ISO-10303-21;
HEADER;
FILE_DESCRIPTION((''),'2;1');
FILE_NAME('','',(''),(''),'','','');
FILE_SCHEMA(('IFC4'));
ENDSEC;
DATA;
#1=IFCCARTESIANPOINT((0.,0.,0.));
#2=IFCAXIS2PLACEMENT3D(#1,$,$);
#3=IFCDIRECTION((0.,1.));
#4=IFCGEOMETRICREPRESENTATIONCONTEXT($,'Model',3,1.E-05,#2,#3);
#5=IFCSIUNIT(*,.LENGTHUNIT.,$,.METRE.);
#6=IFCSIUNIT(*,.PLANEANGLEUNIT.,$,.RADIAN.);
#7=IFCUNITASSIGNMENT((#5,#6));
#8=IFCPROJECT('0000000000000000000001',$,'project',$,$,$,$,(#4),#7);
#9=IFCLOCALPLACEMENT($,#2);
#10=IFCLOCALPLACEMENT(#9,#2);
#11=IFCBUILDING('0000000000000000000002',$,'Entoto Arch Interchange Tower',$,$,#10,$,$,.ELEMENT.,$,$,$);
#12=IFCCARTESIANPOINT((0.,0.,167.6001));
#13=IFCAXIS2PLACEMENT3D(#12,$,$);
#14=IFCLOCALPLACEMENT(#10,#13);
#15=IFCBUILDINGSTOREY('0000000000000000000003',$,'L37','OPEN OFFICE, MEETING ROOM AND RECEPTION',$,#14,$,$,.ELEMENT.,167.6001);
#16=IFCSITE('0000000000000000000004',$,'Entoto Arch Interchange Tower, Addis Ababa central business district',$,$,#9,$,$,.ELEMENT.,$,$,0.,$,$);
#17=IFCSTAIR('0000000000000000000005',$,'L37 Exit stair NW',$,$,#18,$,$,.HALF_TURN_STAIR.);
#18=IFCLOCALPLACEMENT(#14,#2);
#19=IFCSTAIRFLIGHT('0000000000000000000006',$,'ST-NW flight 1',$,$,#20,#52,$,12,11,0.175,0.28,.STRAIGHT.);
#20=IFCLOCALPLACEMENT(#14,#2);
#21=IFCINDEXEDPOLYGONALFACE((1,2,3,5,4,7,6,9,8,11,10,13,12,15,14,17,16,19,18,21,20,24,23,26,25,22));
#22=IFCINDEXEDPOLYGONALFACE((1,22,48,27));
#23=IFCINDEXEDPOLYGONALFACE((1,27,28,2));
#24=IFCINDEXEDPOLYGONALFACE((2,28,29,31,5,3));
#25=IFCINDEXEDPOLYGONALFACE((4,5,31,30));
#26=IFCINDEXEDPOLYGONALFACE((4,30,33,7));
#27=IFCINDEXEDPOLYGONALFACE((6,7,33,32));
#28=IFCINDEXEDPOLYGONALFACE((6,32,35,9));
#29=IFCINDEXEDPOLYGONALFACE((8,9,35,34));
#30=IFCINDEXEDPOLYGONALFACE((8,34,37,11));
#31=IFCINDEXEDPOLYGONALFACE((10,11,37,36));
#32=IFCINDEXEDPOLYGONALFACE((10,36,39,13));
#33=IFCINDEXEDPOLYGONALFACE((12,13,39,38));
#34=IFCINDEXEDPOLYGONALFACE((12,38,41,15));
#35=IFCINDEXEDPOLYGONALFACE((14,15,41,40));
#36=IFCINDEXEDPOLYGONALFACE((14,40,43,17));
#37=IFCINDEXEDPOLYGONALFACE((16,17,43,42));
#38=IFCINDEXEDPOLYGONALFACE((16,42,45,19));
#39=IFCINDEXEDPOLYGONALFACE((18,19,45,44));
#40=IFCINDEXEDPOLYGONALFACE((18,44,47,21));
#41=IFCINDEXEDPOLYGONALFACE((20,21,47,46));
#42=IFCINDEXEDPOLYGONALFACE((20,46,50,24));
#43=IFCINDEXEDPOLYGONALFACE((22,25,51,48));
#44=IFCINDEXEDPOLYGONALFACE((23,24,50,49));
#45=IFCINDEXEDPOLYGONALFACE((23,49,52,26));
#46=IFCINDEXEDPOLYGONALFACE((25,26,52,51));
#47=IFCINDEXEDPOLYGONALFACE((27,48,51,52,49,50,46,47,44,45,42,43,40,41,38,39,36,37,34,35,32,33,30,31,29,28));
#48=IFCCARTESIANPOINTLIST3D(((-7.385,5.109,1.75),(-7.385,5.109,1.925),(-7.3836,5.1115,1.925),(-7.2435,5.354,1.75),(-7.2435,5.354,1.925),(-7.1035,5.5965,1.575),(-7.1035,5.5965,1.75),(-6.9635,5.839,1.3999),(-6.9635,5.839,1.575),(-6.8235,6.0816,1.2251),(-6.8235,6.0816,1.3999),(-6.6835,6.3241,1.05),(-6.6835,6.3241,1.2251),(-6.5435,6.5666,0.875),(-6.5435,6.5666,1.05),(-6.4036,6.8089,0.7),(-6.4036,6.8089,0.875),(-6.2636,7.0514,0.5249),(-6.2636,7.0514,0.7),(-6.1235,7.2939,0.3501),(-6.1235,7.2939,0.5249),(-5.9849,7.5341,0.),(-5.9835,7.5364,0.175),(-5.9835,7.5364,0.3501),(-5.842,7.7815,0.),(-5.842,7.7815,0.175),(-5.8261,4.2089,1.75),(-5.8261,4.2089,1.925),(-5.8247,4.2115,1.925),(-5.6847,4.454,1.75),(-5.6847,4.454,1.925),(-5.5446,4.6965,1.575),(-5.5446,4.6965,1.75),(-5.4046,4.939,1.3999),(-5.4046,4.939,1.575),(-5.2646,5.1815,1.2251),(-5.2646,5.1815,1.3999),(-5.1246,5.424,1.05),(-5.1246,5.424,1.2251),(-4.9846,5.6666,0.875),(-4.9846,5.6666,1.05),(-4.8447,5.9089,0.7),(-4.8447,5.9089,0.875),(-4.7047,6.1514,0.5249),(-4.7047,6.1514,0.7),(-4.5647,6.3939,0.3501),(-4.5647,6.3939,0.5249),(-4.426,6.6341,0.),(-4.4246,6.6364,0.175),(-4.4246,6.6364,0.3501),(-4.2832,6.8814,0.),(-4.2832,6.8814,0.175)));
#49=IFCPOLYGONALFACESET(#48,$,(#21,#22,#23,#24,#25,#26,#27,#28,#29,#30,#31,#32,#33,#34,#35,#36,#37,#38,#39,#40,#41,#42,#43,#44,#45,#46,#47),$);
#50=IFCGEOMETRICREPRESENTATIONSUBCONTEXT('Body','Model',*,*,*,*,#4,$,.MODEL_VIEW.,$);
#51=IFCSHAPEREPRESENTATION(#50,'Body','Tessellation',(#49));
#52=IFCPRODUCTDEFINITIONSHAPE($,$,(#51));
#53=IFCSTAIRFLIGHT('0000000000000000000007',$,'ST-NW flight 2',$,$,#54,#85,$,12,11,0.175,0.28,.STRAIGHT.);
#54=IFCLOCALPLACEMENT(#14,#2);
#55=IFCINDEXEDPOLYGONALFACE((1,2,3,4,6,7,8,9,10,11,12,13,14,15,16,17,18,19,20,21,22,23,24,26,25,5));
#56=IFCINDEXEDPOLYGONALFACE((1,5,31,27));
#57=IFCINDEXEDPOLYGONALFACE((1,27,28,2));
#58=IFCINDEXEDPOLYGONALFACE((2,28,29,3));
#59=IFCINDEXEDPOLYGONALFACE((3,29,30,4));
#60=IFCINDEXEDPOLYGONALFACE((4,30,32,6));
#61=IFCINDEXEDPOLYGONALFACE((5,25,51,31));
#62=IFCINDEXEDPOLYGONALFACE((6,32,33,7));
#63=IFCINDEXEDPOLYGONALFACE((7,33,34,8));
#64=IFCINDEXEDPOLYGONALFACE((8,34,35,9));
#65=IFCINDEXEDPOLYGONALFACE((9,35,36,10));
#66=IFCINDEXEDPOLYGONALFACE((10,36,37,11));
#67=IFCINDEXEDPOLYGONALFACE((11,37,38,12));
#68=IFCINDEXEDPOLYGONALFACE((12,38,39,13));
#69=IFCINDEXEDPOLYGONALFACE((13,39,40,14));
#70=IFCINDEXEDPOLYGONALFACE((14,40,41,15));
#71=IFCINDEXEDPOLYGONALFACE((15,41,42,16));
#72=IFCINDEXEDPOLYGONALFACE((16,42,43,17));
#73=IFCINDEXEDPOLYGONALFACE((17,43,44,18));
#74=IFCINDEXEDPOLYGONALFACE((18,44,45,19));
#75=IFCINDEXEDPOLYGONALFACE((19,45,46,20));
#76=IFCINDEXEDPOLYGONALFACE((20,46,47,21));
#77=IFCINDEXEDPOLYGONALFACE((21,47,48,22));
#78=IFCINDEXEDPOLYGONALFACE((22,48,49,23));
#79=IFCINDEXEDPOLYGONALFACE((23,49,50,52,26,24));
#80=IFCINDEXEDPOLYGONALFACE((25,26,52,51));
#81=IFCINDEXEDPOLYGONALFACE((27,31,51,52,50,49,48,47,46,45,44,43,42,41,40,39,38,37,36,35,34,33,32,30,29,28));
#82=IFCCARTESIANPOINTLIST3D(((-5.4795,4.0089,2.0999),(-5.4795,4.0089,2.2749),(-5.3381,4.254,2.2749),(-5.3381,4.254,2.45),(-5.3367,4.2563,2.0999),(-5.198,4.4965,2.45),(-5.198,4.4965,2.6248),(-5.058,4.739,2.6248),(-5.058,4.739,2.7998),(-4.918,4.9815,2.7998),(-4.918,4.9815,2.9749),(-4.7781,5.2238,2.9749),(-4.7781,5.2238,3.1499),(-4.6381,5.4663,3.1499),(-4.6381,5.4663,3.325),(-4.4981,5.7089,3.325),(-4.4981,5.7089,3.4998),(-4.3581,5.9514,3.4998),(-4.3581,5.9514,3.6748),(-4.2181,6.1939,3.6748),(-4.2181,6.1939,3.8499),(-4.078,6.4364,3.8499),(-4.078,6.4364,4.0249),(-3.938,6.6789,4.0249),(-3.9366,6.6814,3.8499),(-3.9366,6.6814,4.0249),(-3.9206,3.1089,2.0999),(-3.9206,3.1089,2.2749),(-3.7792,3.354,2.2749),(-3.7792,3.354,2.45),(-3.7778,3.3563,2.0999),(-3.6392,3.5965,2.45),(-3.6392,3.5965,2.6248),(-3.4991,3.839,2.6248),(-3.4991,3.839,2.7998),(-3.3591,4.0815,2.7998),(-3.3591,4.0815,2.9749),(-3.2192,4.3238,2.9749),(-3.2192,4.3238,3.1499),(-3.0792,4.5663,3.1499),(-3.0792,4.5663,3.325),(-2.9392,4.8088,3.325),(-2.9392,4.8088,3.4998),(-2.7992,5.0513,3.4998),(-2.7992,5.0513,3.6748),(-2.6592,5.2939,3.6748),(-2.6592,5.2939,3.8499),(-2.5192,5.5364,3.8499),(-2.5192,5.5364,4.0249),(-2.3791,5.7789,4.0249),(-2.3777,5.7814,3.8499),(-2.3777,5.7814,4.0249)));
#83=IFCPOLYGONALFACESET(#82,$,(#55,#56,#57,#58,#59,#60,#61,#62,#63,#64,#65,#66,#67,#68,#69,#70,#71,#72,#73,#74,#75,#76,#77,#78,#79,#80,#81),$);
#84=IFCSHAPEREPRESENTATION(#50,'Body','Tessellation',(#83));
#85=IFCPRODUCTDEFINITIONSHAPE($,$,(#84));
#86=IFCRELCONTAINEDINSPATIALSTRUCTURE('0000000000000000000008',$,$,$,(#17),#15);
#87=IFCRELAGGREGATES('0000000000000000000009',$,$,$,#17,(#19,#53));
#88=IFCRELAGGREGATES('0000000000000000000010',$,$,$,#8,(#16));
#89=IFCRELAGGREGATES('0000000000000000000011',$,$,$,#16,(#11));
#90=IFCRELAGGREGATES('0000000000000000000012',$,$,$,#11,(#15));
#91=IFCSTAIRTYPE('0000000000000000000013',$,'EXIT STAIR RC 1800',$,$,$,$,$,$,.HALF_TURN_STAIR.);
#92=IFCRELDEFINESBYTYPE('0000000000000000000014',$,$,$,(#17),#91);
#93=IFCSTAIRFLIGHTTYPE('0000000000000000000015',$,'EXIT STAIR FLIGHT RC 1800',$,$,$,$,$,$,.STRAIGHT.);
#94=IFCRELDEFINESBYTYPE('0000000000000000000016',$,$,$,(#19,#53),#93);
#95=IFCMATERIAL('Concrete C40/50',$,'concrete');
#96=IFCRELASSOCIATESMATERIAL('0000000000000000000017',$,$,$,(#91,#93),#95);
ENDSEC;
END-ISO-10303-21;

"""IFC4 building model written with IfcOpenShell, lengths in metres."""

from ifc_helpers import new_model, si_unit, direction, frame, origin, place, context, subcontext, project, spatial, polyline, outline, extrude, material, type_object, element, aggregate, save


model = new_model("IFC4")

# Units and contexts
model_context = context("Model", 3, precision=1e-05, world=origin(), true_north=direction((0.0, 1.0)))
body_context = subcontext(model_context, "Body", "Model", "MODEL_VIEW")
ifc_project = project(units=[si_unit("LENGTHUNIT", "METRE"), si_unit("PLANEANGLEUNIT", "RADIAN")], contexts=[model_context])

# Site, building, storey
site_placement = place(None, origin())
site = spatial("IfcSite", under=ifc_project, at=site_placement, Name="Entoto Arch Interchange Tower, Addis Ababa central business district", CompositionType="ELEMENT", RefElevation=0.0)
building_placement = place(site_placement, origin())
building = spatial("IfcBuilding", under=site, at=building_placement, Name="Entoto Arch Interchange Tower", CompositionType="ELEMENT")
storey_placement = place(building_placement, frame((0.0, 0.0, 167.6001)))
storey = spatial("IfcBuildingStorey", under=building, at=storey_placement, Name="L37", Description="OPEN OFFICE, MEETING ROOM AND RECEPTION", CompositionType="ELEMENT", Elevation=167.6001)

# Shared definitions
ifc_material_1 = material(Name="Concrete C40/50", Category="concrete")

# Stair, stair flights
stair_type = type_object("IfcStairType", Name="EXIT STAIR RC 1800", PredefinedType="HALF_TURN_STAIR", material=ifc_material_1)
stair_placement = place(storey_placement, origin())
stair = element("IfcStair", 1, at=stair_placement, inside=storey, type_object=stair_type, Name="L37 Exit stair NW", PredefinedType="HALF_TURN_STAIR")
stair_flight_type = type_object("IfcStairFlightType", Name="EXIT STAIR FLIGHT RC 1800", PredefinedType="STRAIGHT", material=ifc_material_1)
stair_flight_1_placement = place(storey_placement, frame((-5.064, 7.3289, 0.0), z_axis=(0.0, 0.0, 1.0), x_axis=(-0.5, -0.866025, 0.0)))
stair_flight_1 = element("IfcStairFlight", 2, at=stair_flight_1_placement, type_object=stair_flight_type, Name="ST-NW flight 1", NumberOfRisers=12, NumberOfTreads=11, PredefinedType="STRAIGHT", RiserHeight=0.175, TreadLength=0.28, context=body_context, shape_type="SweptSolid", body=[
    extrude(outline(polyline([(-0.0029, 0.0), (-0.0029, 0.175), (0.28, 0.175), (0.28, 0.3501), (0.5601, 0.3501), (0.5601, 0.5249), (0.8401, 0.5249), (0.8401, 0.7), (1.1201, 0.7), (1.1201, 0.875), (1.3999, 0.875), (1.3999, 1.05), (1.6799, 1.05), (1.6799, 1.2251), (1.96, 1.2251), (1.96, 1.3999), (2.24, 1.3999), (2.24, 1.575), (2.52, 1.575), (2.52, 1.75), (2.8, 1.75), (2.8, 1.925), (3.0801, 1.925), (3.083, 1.925), (3.083, 1.75), (0.2827, 0.0), (-0.0029, 0.0)])), frame((0.0, 0.8999, 0.0), z_axis=(0.0, -1.0, 0.0), x_axis=(1.0, 0.0, 0.0)), (0.0, 0.0, 1.0), 1.8),
])
stair_flight_2_placement = place(storey_placement, frame((-4.6987, 3.5615, 2.0999), z_axis=(0.0, 0.0, 1.0), x_axis=(0.5, 0.866025, 0.0)))
stair_flight_2 = element("IfcStairFlight", 3, at=stair_flight_2_placement, type_object=stair_flight_type, Name="ST-NW flight 2", NumberOfRisers=12, NumberOfTreads=11, PredefinedType="STRAIGHT", RiserHeight=0.175, TreadLength=0.28, context=body_context, shape_type="SweptSolid", body=[
    extrude(outline(polyline([(-0.0029, 0.0), (-0.0029, 0.175), (0.28, 0.175), (0.28, 0.3501), (0.5601, 0.3501), (0.5601, 0.5249), (0.8401, 0.5249), (0.8401, 0.7), (1.1201, 0.7), (1.1201, 0.875), (1.3999, 0.875), (1.3999, 1.05), (1.6799, 1.05), (1.6799, 1.2251), (1.96, 1.2251), (1.96, 1.3999), (2.24, 1.3999), (2.24, 1.575), (2.52, 1.575), (2.52, 1.75), (2.8, 1.75), (2.8, 1.925), (3.0801, 1.925), (3.083, 1.925), (3.083, 1.75), (0.2827, 0.0), (-0.0029, 0.0)])), frame((0.0, 0.8999, 0.0), z_axis=(0.0, -1.0, 0.0), x_axis=(1.0, 0.0, 0.0)), (0.0, 0.0, 1.0), 1.8),
])
aggregate(stair, [stair_flight_1, stair_flight_2])

save(model, "model.ifc")
